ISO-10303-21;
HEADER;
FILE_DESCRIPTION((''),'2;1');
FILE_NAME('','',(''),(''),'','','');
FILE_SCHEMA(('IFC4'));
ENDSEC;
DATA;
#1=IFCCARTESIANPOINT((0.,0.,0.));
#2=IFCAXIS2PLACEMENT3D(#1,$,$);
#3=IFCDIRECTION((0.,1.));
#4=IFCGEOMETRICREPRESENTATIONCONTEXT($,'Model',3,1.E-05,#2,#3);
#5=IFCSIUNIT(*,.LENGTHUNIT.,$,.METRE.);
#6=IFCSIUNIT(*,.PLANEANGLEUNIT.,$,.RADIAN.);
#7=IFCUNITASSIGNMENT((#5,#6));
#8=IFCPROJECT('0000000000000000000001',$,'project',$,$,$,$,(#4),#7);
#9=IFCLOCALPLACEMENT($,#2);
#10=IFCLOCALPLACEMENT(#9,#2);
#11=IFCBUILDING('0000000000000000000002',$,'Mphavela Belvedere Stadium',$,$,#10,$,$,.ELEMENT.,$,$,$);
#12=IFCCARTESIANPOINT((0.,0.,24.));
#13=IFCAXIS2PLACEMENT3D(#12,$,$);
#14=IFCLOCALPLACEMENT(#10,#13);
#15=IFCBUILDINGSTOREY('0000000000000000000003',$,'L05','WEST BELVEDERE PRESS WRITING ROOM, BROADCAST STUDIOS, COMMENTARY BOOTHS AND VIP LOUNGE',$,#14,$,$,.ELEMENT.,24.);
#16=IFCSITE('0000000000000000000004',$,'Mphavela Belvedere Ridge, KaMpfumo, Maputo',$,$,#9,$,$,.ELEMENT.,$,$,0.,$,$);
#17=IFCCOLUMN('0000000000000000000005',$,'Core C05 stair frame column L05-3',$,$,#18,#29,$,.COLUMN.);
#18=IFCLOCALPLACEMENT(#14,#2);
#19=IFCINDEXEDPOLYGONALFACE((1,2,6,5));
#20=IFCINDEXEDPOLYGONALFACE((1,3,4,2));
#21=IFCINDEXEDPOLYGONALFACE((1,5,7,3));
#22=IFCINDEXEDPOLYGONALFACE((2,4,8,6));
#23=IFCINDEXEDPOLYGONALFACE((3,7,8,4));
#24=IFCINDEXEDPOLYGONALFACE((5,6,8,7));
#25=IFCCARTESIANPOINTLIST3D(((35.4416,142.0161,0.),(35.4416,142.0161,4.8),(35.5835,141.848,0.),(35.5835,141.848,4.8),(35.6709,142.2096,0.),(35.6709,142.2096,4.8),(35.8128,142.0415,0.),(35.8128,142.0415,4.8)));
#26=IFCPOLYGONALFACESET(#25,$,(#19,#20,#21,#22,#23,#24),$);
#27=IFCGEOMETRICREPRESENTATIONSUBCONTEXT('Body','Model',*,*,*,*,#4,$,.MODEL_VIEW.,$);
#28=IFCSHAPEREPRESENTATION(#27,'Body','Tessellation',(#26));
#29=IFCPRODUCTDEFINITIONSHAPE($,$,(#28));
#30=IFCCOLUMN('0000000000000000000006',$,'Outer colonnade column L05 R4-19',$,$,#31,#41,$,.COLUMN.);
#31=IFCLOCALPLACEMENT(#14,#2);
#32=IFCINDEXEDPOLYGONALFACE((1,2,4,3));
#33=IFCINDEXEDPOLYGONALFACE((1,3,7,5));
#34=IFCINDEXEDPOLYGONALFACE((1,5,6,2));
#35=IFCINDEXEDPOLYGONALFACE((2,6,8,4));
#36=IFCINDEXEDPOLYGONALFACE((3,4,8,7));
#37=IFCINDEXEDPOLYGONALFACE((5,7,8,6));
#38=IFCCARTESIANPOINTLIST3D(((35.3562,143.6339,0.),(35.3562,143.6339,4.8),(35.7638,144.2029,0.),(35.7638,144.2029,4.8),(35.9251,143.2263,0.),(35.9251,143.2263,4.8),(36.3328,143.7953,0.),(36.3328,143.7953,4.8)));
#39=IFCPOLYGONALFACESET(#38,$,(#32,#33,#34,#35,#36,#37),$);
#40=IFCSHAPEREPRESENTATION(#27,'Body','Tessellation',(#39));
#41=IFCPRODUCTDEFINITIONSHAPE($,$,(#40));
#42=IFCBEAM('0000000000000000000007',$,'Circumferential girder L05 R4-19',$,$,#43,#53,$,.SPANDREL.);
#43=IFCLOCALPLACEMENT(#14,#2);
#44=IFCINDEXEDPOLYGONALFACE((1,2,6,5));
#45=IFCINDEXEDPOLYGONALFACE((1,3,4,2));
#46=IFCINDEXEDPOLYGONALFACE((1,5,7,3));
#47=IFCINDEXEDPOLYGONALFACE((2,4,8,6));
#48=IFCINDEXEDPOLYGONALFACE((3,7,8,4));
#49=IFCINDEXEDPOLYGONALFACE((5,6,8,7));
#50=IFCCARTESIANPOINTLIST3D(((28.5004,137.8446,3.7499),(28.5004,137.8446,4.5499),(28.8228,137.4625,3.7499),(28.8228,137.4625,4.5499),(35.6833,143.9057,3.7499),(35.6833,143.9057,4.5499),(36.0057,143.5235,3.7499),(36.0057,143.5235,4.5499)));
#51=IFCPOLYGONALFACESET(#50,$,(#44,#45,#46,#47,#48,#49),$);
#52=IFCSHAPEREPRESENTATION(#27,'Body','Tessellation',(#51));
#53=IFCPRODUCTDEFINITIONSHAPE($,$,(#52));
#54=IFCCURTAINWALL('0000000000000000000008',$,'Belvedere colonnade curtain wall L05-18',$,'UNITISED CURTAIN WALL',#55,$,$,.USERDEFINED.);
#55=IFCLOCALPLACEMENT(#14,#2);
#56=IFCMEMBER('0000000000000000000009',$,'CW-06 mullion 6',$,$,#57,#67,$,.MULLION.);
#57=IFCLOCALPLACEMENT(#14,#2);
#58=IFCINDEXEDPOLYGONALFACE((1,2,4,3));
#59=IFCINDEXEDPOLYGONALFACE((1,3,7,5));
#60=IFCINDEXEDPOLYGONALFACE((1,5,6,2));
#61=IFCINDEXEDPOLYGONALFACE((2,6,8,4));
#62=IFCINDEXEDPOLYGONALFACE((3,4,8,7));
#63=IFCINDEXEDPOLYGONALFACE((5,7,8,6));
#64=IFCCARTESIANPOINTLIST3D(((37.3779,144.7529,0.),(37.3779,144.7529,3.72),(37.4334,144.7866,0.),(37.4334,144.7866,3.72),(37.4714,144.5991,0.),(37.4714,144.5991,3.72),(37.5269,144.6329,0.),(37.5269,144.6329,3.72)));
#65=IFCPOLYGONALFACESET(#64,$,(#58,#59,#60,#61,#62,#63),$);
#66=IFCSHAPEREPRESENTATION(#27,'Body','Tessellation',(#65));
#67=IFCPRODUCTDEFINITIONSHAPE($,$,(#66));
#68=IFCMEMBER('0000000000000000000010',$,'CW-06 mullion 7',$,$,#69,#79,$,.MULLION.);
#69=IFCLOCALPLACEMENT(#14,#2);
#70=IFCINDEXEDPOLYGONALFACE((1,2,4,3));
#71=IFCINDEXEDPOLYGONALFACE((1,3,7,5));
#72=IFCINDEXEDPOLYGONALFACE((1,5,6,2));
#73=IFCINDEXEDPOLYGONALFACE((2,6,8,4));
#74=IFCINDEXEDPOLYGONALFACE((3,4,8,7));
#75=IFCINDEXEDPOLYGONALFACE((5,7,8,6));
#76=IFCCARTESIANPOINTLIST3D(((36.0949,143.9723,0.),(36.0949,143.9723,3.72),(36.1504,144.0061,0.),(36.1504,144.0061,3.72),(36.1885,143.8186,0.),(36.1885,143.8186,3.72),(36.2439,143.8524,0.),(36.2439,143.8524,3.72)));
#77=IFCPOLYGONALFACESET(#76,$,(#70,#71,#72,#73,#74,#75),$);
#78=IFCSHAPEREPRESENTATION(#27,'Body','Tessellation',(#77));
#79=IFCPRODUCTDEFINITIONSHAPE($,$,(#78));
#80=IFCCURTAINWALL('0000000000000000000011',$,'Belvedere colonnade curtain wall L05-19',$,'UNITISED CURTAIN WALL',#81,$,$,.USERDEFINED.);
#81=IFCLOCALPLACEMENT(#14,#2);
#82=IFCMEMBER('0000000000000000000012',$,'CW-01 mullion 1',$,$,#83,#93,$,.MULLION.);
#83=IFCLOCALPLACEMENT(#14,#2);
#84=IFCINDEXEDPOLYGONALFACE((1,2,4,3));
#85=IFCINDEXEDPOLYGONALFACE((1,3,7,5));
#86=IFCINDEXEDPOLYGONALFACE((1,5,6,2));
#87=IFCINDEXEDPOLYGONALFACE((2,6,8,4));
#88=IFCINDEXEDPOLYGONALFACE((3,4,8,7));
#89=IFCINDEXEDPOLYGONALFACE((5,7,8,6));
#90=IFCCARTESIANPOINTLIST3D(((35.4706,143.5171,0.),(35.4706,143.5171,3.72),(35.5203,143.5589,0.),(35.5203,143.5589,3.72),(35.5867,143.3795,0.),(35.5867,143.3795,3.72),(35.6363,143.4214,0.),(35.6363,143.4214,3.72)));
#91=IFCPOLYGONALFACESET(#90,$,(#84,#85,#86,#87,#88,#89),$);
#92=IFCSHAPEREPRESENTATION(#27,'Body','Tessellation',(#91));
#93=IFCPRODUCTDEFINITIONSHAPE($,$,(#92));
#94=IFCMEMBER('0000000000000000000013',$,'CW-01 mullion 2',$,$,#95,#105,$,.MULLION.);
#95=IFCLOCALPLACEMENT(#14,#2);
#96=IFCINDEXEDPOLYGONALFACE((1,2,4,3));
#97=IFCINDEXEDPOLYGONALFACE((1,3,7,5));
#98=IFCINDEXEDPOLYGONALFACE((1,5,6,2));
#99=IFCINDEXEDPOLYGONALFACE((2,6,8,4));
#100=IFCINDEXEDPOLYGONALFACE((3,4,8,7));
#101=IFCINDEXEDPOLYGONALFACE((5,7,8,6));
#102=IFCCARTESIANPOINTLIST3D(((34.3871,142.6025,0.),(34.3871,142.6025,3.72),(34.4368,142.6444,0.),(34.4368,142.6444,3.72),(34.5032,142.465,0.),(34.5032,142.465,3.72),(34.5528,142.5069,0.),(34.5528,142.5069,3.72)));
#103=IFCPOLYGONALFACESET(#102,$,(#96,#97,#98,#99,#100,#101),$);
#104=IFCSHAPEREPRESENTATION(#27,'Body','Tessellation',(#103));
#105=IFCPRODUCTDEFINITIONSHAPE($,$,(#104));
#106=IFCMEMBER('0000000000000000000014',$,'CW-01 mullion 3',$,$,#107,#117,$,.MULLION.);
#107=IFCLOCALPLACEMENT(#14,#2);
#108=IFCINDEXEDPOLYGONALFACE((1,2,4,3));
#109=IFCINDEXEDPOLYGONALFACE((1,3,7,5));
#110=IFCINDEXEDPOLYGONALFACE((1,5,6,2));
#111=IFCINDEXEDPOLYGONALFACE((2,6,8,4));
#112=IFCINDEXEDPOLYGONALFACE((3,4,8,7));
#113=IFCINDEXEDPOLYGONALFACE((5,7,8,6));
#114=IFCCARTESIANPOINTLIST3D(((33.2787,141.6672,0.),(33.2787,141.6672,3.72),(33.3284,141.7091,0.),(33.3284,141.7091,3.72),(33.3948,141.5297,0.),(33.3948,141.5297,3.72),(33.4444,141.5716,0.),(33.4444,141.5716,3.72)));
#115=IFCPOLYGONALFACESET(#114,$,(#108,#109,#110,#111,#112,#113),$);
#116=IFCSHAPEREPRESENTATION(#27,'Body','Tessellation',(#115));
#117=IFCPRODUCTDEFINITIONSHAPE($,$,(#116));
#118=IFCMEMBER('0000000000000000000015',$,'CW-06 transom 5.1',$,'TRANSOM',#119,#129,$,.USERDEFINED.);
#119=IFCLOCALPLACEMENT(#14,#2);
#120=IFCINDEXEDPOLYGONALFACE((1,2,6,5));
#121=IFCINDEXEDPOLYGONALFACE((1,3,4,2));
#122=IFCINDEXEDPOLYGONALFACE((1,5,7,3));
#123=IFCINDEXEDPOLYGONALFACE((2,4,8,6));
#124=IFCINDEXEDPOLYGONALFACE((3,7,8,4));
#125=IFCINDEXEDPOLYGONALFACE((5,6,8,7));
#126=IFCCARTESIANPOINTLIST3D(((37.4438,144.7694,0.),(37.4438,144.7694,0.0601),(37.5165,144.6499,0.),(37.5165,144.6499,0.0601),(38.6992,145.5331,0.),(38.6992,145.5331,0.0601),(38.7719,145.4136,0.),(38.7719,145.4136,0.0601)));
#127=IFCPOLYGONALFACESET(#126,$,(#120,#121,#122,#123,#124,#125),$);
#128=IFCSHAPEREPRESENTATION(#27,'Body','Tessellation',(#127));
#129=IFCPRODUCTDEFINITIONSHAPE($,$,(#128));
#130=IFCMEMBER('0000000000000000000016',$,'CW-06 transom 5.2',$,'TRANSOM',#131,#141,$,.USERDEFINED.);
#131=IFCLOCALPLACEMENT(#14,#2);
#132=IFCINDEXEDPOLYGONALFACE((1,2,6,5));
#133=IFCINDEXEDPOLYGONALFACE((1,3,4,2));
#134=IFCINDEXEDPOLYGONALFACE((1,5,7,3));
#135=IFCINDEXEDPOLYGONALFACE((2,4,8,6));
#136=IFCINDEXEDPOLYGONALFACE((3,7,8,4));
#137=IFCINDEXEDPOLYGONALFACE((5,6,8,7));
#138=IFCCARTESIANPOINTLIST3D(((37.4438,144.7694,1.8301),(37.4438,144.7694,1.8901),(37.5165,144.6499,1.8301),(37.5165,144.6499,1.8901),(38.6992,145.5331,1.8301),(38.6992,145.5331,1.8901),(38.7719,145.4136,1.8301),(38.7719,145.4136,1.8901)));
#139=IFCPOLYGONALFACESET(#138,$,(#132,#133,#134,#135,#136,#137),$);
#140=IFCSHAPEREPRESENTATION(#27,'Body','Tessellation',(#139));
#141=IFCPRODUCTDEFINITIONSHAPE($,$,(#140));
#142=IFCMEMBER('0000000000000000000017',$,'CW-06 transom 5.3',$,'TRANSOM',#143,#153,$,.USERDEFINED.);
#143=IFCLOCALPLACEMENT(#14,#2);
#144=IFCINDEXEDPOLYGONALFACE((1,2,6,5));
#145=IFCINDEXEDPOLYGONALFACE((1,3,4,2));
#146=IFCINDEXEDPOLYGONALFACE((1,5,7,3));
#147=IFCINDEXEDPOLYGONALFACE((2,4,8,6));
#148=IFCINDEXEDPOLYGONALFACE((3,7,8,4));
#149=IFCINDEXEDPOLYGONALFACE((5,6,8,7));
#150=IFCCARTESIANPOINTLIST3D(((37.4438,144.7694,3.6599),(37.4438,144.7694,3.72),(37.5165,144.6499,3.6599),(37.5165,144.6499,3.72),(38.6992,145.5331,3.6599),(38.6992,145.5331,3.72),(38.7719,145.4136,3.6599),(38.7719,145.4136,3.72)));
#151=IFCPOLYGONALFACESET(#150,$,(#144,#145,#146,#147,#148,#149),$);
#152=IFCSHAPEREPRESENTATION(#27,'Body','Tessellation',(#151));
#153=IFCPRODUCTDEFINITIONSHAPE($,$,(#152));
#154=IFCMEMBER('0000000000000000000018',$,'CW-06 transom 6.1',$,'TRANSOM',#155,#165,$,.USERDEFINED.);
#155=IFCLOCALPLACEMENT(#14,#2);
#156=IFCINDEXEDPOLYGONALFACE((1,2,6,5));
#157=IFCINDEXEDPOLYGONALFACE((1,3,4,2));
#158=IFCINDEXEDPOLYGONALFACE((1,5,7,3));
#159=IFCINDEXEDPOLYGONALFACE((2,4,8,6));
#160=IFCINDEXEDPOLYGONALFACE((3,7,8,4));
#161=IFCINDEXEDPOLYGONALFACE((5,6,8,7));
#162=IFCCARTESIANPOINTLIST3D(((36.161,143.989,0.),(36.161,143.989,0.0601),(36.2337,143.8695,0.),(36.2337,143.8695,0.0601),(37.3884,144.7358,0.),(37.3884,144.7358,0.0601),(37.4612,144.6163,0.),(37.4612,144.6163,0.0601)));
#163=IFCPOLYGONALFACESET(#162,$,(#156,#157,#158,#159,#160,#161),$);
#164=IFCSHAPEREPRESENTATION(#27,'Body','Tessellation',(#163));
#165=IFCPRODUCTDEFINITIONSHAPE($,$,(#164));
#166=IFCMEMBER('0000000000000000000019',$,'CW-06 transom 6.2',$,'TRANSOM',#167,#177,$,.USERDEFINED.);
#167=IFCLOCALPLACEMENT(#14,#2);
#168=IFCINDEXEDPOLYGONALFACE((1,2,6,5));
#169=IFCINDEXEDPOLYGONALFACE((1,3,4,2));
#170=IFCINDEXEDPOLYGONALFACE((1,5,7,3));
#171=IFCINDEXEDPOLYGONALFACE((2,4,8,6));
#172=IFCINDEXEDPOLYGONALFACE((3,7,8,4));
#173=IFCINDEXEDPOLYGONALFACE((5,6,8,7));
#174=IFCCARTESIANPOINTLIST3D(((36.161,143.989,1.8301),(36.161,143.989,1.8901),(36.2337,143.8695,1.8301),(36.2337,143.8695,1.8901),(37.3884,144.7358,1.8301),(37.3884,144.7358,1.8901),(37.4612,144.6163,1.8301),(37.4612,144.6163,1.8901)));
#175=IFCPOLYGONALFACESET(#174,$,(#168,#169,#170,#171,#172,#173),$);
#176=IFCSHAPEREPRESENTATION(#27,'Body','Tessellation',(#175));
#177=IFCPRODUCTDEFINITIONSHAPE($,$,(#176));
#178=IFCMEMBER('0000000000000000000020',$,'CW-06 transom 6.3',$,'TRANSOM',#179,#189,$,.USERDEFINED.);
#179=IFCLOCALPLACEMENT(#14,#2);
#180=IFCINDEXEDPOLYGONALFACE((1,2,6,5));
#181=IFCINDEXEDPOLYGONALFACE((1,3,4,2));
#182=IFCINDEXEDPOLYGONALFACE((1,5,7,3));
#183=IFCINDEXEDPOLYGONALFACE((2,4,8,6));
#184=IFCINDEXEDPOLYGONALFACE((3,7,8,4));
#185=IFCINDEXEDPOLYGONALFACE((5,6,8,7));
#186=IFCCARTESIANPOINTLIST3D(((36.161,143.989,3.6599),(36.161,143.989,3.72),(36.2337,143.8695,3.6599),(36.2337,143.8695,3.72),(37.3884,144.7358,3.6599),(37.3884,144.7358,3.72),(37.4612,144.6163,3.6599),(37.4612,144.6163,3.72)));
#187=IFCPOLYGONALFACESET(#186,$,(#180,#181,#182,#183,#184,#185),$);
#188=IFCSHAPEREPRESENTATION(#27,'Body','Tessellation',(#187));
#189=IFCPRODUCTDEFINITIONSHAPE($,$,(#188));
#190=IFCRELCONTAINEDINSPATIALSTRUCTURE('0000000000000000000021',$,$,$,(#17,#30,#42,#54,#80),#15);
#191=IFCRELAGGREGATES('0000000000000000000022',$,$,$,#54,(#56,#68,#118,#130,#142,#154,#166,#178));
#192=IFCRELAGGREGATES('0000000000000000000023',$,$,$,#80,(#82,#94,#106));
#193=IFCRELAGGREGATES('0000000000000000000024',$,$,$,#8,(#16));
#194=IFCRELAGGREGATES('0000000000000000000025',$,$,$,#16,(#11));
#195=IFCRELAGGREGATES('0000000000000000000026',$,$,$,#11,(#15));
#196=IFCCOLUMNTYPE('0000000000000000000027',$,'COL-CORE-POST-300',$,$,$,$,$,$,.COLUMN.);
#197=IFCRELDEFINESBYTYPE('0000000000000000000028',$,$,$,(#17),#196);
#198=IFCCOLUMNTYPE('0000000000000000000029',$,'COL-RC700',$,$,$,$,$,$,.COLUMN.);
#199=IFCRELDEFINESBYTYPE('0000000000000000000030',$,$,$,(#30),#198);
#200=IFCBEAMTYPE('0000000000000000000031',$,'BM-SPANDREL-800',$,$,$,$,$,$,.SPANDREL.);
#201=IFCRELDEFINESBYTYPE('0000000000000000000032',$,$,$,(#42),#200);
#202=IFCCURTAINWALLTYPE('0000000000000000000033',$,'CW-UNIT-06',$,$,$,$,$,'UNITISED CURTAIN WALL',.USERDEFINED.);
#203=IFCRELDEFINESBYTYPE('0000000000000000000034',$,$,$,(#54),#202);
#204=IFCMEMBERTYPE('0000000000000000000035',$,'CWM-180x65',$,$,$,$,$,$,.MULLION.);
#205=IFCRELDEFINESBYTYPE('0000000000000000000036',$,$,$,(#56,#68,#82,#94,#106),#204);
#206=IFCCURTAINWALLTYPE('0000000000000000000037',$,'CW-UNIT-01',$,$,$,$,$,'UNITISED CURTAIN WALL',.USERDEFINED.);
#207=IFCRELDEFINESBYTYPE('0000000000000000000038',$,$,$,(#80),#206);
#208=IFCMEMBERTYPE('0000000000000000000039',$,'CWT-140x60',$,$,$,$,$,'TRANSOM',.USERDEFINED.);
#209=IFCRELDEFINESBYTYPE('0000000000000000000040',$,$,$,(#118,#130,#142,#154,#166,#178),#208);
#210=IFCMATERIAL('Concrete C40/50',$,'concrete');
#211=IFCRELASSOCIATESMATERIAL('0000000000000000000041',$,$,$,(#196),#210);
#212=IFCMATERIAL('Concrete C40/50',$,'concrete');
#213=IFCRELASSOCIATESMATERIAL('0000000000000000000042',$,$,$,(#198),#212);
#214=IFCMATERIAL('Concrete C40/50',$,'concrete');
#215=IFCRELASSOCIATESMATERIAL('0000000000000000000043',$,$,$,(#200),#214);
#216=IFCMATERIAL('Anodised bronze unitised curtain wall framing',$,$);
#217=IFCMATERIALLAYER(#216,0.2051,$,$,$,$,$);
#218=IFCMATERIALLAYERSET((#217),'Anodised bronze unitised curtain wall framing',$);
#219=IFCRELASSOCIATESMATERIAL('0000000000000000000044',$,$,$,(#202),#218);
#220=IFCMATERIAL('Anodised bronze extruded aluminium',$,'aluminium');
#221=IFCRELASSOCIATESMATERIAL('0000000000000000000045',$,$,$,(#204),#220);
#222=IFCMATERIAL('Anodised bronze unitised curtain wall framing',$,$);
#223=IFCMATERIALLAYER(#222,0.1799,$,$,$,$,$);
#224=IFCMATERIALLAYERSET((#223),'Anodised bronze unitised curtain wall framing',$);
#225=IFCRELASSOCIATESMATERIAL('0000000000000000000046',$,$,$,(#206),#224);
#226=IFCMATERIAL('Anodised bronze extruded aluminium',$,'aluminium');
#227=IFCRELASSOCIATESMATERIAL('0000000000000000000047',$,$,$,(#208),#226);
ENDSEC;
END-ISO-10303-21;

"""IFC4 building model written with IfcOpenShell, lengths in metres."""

from ifc_helpers import new_model, si_unit, direction, frame, origin, origin_2d, place, context, subcontext, project, spatial, rectangle, extrude, material, layer, layer_set, material_profile, profile_set, type_object, element, aggregate, save


model = new_model("IFC4")

# Units and contexts
model_context = context("Model", 3, precision=1e-05, world=origin(), true_north=direction((0.0, 1.0)))
body_context = subcontext(model_context, "Body", "Model", "MODEL_VIEW")
ifc_project = project(units=[si_unit("LENGTHUNIT", "METRE"), si_unit("PLANEANGLEUNIT", "RADIAN")], contexts=[model_context])

# Site, building, storey
site_placement = place(None, origin())
site = spatial("IfcSite", under=ifc_project, at=site_placement, Name="Mphavela Belvedere Ridge, KaMpfumo, Maputo", CompositionType="ELEMENT", RefElevation=0.0)
building_placement = place(site_placement, origin())
building = spatial("IfcBuilding", under=site, at=building_placement, Name="Mphavela Belvedere Stadium", CompositionType="ELEMENT")
storey_placement = place(building_placement, frame((0.0, 0.0, 24.0)))
storey = spatial("IfcBuildingStorey", under=building, at=storey_placement, Name="L05", Description="WEST BELVEDERE PRESS WRITING ROOM, BROADCAST STUDIOS, COMMENTARY BOOTHS AND VIP LOUNGE", CompositionType="ELEMENT", Elevation=24.0)

# Columns
ifc_material_1 = material(Name="Concrete C40/50", Category="concrete")
ifc_material_profile_1 = material_profile(ifc_material_1, rectangle(XDim=0.3, YDim=0.22, at=origin_2d()), Name="RC 300x220")
ifc_profile_set_1 = profile_set([ifc_material_profile_1], Name="Concrete C40/50")
column_type_1 = type_object("IfcColumnType", Name="COL-CORE-POST-300", PredefinedType="COLUMN", material=ifc_profile_set_1)
column_1_placement = place(storey_placement, frame((35.6272, 142.0288, 0.0), z_axis=(0.0, 0.0, 1.0), x_axis=(0.764246, 0.644924, 0.0)))
element("IfcColumn", 1, at=column_1_placement, inside=storey, type_object=column_type_1, Name="Core C05 stair frame column L05-3", PredefinedType="COLUMN", context=body_context, shape_type="SweptSolid", body=[
    extrude(rectangle(XDim=0.3, YDim=0.22, at=origin_2d()), origin(), (0.0, 0.0, 1.0), 4.8),
])
ifc_material_2 = material(Name="Concrete C40/50", Category="concrete")
ifc_material_profile_2 = material_profile(ifc_material_2, rectangle(XDim=0.7, YDim=0.7, at=origin_2d()), Name="RC 700x700")
ifc_profile_set_2 = profile_set([ifc_material_profile_2], Name="Concrete C40/50")
column_type_2 = type_object("IfcColumnType", Name="COL-RC700", PredefinedType="COLUMN", material=ifc_profile_set_2)
column_2_placement = place(storey_placement, frame((35.8445, 143.7146, 0.0), z_axis=(0.0, 0.0, 1.0), x_axis=(-0.812898, 0.582407, 0.0)))
element("IfcColumn", 2, at=column_2_placement, inside=storey, type_object=column_type_2, Name="Outer colonnade column L05 R4-19", PredefinedType="COLUMN", context=body_context, shape_type="SweptSolid", body=[
    extrude(rectangle(XDim=0.7, YDim=0.7, at=origin_2d()), origin(), (0.0, 0.0, 1.0), 4.8),
])

# Beam
ifc_material_3 = material(Name="Concrete C40/50", Category="concrete")
ifc_material_profile_3 = material_profile(ifc_material_3, rectangle(XDim=0.5, YDim=0.8, at=origin_2d()), Name="RC 500x800")
ifc_profile_set_3 = profile_set([ifc_material_profile_3], Name="Concrete C40/50")
beam_type = type_object("IfcBeamType", Name="BM-SPANDREL-800", PredefinedType="SPANDREL", material=ifc_profile_set_3)
beam_placement = place(storey_placement, frame((35.8445, 143.7146, 4.1499), z_axis=(-0.764265, -0.644902, 0.0), x_axis=(0.644902, -0.764265, 0.0)))
element("IfcBeam", 3, at=beam_placement, inside=storey, type_object=beam_type, Name="Circumferential girder L05 R4-19", PredefinedType="SPANDREL", context=body_context, shape_type="SweptSolid", body=[
    extrude(rectangle(XDim=0.5, YDim=0.8, at=origin_2d()), origin(), (0.0, 0.0, 1.0), 9.3984),
])

# Curtain walls, members
ifc_material_4 = material(Name="Anodised bronze unitised curtain wall framing")
ifc_layer_1 = layer(ifc_material_4, 0.2051)
ifc_layer_set_1 = layer_set([ifc_layer_1], Name="Anodised bronze unitised curtain wall framing")
curtain_wall_type_1 = type_object("IfcCurtainWallType", Name="CW-UNIT-06", ElementType="UNITISED CURTAIN WALL", PredefinedType="USERDEFINED", material=ifc_layer_set_1)
curtain_wall_1_placement = place(storey_placement, origin())
curtain_wall_1 = element("IfcCurtainWall", 4, at=curtain_wall_1_placement, inside=storey, type_object=curtain_wall_type_1, Name="Belvedere colonnade curtain wall L05-18", ObjectType="UNITISED CURTAIN WALL", PredefinedType="USERDEFINED")
ifc_material_5 = material(Name="Anodised bronze extruded aluminium", Category="aluminium")
ifc_material_profile_4 = material_profile(ifc_material_5, rectangle(XDim=0.1799, YDim=0.0649, at=origin_2d()), Name="CW-MUL 180x65")
ifc_profile_set_4 = profile_set([ifc_material_profile_4], Name="Anodised bronze extruded aluminium")
member_type_1 = type_object("IfcMemberType", Name="CWM-180x65", PredefinedType="MULLION", material=ifc_profile_set_4)
member_1_placement = place(storey_placement, frame((37.4524, 144.6929, 0.0), z_axis=(0.0, 0.0, 1.0), x_axis=(0.519735, -0.854327, 0.0)))
member_1 = element("IfcMember", 5, at=member_1_placement, type_object=member_type_1, Name="CW-06 mullion 6", PredefinedType="MULLION", context=body_context, shape_type="SweptSolid", body=[
    extrude(rectangle(XDim=0.1799, YDim=0.0649, at=origin_2d()), origin(), (0.0, 0.0, 1.0), 3.72),
])
member_2_placement = place(storey_placement, frame((36.1694, 143.9124, 0.0), z_axis=(0.0, 0.0, 1.0), x_axis=(0.519735, -0.854327, 0.0)))
member_2 = element("IfcMember", 6, at=member_2_placement, type_object=member_type_1, Name="CW-06 mullion 7", PredefinedType="MULLION", context=body_context, shape_type="SweptSolid", body=[
    extrude(rectangle(XDim=0.1799, YDim=0.0649, at=origin_2d()), origin(), (0.0, 0.0, 1.0), 3.72),
])
ifc_material_6 = material(Name="Anodised bronze unitised curtain wall framing")
ifc_layer_2 = layer(ifc_material_6, 0.1799)
ifc_layer_set_2 = layer_set([ifc_layer_2], Name="Anodised bronze unitised curtain wall framing")
curtain_wall_type_2 = type_object("IfcCurtainWallType", Name="CW-UNIT-01", ElementType="UNITISED CURTAIN WALL", PredefinedType="USERDEFINED", material=ifc_layer_set_2)
curtain_wall_2_placement = place(storey_placement, origin())
curtain_wall_2 = element("IfcCurtainWall", 7, at=curtain_wall_2_placement, inside=storey, type_object=curtain_wall_type_2, Name="Belvedere colonnade curtain wall L05-19", ObjectType="UNITISED CURTAIN WALL", PredefinedType="USERDEFINED")
member_3_placement = place(storey_placement, frame((35.5535, 143.4692, 0.0), z_axis=(0.0, 0.0, 1.0), x_axis=(0.644916, -0.764253, 0.0)))
member_3 = element("IfcMember", 8, at=member_3_placement, type_object=member_type_1, Name="CW-01 mullion 1", PredefinedType="MULLION", context=body_context, shape_type="SweptSolid", body=[
    extrude(rectangle(XDim=0.1799, YDim=0.0649, at=origin_2d()), origin(), (0.0, 0.0, 1.0), 3.72),
])
member_4_placement = place(storey_placement, frame((34.47, 142.5547, 0.0), z_axis=(0.0, 0.0, 1.0), x_axis=(0.644916, -0.764253, 0.0)))
member_4 = element("IfcMember", 9, at=member_4_placement, type_object=member_type_1, Name="CW-01 mullion 2", PredefinedType="MULLION", context=body_context, shape_type="SweptSolid", body=[
    extrude(rectangle(XDim=0.1799, YDim=0.0649, at=origin_2d()), origin(), (0.0, 0.0, 1.0), 3.72),
])
member_5_placement = place(storey_placement, frame((33.3616, 141.6194, 0.0), z_axis=(0.0, 0.0, 1.0), x_axis=(0.644916, -0.764253, 0.0)))
member_5 = element("IfcMember", 10, at=member_5_placement, type_object=member_type_1, Name="CW-01 mullion 3", PredefinedType="MULLION", context=body_context, shape_type="SweptSolid", body=[
    extrude(rectangle(XDim=0.1799, YDim=0.0649, at=origin_2d()), origin(), (0.0, 0.0, 1.0), 3.72),
])

# Members
ifc_material_7 = material(Name="Anodised bronze extruded aluminium", Category="aluminium")
ifc_material_profile_5 = material_profile(ifc_material_7, rectangle(XDim=0.1399, YDim=0.0601, at=origin_2d()), Name="CW-TRN 140x60")
ifc_profile_set_5 = profile_set([ifc_material_profile_5], Name="Anodised bronze extruded aluminium")
member_type_2 = type_object("IfcMemberType", Name="CWT-140x60", ElementType="TRANSOM", PredefinedType="USERDEFINED", material=ifc_profile_set_5)
member_6_placement = place(storey_placement, frame((38.7356, 145.4734, 0.03), z_axis=(-0.85434, -0.519715, 0.0), x_axis=(0.519715, -0.85434, 0.0)))
member_6 = element("IfcMember", 11, at=member_6_placement, type_object=member_type_2, Name="CW-06 transom 5.1", ObjectType="TRANSOM", PredefinedType="USERDEFINED", context=body_context, shape_type="SweptSolid", body=[
    extrude(rectangle(XDim=0.1399, YDim=0.0601, at=origin_2d()), origin(), (0.0, 0.0, 1.0), 1.4695),
])
member_7_placement = place(storey_placement, frame((38.7356, 145.4734, 1.8601), z_axis=(-0.85434, -0.519715, 0.0), x_axis=(0.519715, -0.85434, 0.0)))
member_7 = element("IfcMember", 12, at=member_7_placement, type_object=member_type_2, Name="CW-06 transom 5.2", ObjectType="TRANSOM", PredefinedType="USERDEFINED", context=body_context, shape_type="SweptSolid", body=[
    extrude(rectangle(XDim=0.1399, YDim=0.0601, at=origin_2d()), origin(), (0.0, 0.0, 1.0), 1.4695),
])
member_8_placement = place(storey_placement, frame((38.7356, 145.4734, 3.6899), z_axis=(-0.85434, -0.519715, 0.0), x_axis=(0.519715, -0.85434, 0.0)))
member_8 = element("IfcMember", 13, at=member_8_placement, type_object=member_type_2, Name="CW-06 transom 5.3", ObjectType="TRANSOM", PredefinedType="USERDEFINED", context=body_context, shape_type="SweptSolid", body=[
    extrude(rectangle(XDim=0.1399, YDim=0.0601, at=origin_2d()), origin(), (0.0, 0.0, 1.0), 1.4695),
])
member_9_placement = place(storey_placement, frame((37.4248, 144.676, 0.03), z_axis=(-0.854313, -0.519758, 0.0), x_axis=(0.519758, -0.854313, 0.0)))
member_9 = element("IfcMember", 14, at=member_9_placement, type_object=member_type_2, Name="CW-06 transom 6.1", ObjectType="TRANSOM", PredefinedType="USERDEFINED", context=body_context, shape_type="SweptSolid", body=[
    extrude(rectangle(XDim=0.1399, YDim=0.0601, at=origin_2d()), origin(), (0.0, 0.0, 1.0), 1.4368),
])
member_10_placement = place(storey_placement, frame((37.4248, 144.676, 1.8601), z_axis=(-0.854313, -0.519758, 0.0), x_axis=(0.519758, -0.854313, 0.0)))
member_10 = element("IfcMember", 15, at=member_10_placement, type_object=member_type_2, Name="CW-06 transom 6.2", ObjectType="TRANSOM", PredefinedType="USERDEFINED", context=body_context, shape_type="SweptSolid", body=[
    extrude(rectangle(XDim=0.1399, YDim=0.0601, at=origin_2d()), origin(), (0.0, 0.0, 1.0), 1.4368),
])
member_11_placement = place(storey_placement, frame((37.4248, 144.676, 3.6899), z_axis=(-0.854313, -0.519758, 0.0), x_axis=(0.519758, -0.854313, 0.0)))
member_11 = element("IfcMember", 16, at=member_11_placement, type_object=member_type_2, Name="CW-06 transom 6.3", ObjectType="TRANSOM", PredefinedType="USERDEFINED", context=body_context, shape_type="SweptSolid", body=[
    extrude(rectangle(XDim=0.1399, YDim=0.0601, at=origin_2d()), origin(), (0.0, 0.0, 1.0), 1.4368),
])

aggregate(curtain_wall_1, [member_1, member_2, member_6, member_7, member_8, member_9, member_10, member_11])
aggregate(curtain_wall_2, [member_3, member_4, member_5])

save(model, "model.ifc")
